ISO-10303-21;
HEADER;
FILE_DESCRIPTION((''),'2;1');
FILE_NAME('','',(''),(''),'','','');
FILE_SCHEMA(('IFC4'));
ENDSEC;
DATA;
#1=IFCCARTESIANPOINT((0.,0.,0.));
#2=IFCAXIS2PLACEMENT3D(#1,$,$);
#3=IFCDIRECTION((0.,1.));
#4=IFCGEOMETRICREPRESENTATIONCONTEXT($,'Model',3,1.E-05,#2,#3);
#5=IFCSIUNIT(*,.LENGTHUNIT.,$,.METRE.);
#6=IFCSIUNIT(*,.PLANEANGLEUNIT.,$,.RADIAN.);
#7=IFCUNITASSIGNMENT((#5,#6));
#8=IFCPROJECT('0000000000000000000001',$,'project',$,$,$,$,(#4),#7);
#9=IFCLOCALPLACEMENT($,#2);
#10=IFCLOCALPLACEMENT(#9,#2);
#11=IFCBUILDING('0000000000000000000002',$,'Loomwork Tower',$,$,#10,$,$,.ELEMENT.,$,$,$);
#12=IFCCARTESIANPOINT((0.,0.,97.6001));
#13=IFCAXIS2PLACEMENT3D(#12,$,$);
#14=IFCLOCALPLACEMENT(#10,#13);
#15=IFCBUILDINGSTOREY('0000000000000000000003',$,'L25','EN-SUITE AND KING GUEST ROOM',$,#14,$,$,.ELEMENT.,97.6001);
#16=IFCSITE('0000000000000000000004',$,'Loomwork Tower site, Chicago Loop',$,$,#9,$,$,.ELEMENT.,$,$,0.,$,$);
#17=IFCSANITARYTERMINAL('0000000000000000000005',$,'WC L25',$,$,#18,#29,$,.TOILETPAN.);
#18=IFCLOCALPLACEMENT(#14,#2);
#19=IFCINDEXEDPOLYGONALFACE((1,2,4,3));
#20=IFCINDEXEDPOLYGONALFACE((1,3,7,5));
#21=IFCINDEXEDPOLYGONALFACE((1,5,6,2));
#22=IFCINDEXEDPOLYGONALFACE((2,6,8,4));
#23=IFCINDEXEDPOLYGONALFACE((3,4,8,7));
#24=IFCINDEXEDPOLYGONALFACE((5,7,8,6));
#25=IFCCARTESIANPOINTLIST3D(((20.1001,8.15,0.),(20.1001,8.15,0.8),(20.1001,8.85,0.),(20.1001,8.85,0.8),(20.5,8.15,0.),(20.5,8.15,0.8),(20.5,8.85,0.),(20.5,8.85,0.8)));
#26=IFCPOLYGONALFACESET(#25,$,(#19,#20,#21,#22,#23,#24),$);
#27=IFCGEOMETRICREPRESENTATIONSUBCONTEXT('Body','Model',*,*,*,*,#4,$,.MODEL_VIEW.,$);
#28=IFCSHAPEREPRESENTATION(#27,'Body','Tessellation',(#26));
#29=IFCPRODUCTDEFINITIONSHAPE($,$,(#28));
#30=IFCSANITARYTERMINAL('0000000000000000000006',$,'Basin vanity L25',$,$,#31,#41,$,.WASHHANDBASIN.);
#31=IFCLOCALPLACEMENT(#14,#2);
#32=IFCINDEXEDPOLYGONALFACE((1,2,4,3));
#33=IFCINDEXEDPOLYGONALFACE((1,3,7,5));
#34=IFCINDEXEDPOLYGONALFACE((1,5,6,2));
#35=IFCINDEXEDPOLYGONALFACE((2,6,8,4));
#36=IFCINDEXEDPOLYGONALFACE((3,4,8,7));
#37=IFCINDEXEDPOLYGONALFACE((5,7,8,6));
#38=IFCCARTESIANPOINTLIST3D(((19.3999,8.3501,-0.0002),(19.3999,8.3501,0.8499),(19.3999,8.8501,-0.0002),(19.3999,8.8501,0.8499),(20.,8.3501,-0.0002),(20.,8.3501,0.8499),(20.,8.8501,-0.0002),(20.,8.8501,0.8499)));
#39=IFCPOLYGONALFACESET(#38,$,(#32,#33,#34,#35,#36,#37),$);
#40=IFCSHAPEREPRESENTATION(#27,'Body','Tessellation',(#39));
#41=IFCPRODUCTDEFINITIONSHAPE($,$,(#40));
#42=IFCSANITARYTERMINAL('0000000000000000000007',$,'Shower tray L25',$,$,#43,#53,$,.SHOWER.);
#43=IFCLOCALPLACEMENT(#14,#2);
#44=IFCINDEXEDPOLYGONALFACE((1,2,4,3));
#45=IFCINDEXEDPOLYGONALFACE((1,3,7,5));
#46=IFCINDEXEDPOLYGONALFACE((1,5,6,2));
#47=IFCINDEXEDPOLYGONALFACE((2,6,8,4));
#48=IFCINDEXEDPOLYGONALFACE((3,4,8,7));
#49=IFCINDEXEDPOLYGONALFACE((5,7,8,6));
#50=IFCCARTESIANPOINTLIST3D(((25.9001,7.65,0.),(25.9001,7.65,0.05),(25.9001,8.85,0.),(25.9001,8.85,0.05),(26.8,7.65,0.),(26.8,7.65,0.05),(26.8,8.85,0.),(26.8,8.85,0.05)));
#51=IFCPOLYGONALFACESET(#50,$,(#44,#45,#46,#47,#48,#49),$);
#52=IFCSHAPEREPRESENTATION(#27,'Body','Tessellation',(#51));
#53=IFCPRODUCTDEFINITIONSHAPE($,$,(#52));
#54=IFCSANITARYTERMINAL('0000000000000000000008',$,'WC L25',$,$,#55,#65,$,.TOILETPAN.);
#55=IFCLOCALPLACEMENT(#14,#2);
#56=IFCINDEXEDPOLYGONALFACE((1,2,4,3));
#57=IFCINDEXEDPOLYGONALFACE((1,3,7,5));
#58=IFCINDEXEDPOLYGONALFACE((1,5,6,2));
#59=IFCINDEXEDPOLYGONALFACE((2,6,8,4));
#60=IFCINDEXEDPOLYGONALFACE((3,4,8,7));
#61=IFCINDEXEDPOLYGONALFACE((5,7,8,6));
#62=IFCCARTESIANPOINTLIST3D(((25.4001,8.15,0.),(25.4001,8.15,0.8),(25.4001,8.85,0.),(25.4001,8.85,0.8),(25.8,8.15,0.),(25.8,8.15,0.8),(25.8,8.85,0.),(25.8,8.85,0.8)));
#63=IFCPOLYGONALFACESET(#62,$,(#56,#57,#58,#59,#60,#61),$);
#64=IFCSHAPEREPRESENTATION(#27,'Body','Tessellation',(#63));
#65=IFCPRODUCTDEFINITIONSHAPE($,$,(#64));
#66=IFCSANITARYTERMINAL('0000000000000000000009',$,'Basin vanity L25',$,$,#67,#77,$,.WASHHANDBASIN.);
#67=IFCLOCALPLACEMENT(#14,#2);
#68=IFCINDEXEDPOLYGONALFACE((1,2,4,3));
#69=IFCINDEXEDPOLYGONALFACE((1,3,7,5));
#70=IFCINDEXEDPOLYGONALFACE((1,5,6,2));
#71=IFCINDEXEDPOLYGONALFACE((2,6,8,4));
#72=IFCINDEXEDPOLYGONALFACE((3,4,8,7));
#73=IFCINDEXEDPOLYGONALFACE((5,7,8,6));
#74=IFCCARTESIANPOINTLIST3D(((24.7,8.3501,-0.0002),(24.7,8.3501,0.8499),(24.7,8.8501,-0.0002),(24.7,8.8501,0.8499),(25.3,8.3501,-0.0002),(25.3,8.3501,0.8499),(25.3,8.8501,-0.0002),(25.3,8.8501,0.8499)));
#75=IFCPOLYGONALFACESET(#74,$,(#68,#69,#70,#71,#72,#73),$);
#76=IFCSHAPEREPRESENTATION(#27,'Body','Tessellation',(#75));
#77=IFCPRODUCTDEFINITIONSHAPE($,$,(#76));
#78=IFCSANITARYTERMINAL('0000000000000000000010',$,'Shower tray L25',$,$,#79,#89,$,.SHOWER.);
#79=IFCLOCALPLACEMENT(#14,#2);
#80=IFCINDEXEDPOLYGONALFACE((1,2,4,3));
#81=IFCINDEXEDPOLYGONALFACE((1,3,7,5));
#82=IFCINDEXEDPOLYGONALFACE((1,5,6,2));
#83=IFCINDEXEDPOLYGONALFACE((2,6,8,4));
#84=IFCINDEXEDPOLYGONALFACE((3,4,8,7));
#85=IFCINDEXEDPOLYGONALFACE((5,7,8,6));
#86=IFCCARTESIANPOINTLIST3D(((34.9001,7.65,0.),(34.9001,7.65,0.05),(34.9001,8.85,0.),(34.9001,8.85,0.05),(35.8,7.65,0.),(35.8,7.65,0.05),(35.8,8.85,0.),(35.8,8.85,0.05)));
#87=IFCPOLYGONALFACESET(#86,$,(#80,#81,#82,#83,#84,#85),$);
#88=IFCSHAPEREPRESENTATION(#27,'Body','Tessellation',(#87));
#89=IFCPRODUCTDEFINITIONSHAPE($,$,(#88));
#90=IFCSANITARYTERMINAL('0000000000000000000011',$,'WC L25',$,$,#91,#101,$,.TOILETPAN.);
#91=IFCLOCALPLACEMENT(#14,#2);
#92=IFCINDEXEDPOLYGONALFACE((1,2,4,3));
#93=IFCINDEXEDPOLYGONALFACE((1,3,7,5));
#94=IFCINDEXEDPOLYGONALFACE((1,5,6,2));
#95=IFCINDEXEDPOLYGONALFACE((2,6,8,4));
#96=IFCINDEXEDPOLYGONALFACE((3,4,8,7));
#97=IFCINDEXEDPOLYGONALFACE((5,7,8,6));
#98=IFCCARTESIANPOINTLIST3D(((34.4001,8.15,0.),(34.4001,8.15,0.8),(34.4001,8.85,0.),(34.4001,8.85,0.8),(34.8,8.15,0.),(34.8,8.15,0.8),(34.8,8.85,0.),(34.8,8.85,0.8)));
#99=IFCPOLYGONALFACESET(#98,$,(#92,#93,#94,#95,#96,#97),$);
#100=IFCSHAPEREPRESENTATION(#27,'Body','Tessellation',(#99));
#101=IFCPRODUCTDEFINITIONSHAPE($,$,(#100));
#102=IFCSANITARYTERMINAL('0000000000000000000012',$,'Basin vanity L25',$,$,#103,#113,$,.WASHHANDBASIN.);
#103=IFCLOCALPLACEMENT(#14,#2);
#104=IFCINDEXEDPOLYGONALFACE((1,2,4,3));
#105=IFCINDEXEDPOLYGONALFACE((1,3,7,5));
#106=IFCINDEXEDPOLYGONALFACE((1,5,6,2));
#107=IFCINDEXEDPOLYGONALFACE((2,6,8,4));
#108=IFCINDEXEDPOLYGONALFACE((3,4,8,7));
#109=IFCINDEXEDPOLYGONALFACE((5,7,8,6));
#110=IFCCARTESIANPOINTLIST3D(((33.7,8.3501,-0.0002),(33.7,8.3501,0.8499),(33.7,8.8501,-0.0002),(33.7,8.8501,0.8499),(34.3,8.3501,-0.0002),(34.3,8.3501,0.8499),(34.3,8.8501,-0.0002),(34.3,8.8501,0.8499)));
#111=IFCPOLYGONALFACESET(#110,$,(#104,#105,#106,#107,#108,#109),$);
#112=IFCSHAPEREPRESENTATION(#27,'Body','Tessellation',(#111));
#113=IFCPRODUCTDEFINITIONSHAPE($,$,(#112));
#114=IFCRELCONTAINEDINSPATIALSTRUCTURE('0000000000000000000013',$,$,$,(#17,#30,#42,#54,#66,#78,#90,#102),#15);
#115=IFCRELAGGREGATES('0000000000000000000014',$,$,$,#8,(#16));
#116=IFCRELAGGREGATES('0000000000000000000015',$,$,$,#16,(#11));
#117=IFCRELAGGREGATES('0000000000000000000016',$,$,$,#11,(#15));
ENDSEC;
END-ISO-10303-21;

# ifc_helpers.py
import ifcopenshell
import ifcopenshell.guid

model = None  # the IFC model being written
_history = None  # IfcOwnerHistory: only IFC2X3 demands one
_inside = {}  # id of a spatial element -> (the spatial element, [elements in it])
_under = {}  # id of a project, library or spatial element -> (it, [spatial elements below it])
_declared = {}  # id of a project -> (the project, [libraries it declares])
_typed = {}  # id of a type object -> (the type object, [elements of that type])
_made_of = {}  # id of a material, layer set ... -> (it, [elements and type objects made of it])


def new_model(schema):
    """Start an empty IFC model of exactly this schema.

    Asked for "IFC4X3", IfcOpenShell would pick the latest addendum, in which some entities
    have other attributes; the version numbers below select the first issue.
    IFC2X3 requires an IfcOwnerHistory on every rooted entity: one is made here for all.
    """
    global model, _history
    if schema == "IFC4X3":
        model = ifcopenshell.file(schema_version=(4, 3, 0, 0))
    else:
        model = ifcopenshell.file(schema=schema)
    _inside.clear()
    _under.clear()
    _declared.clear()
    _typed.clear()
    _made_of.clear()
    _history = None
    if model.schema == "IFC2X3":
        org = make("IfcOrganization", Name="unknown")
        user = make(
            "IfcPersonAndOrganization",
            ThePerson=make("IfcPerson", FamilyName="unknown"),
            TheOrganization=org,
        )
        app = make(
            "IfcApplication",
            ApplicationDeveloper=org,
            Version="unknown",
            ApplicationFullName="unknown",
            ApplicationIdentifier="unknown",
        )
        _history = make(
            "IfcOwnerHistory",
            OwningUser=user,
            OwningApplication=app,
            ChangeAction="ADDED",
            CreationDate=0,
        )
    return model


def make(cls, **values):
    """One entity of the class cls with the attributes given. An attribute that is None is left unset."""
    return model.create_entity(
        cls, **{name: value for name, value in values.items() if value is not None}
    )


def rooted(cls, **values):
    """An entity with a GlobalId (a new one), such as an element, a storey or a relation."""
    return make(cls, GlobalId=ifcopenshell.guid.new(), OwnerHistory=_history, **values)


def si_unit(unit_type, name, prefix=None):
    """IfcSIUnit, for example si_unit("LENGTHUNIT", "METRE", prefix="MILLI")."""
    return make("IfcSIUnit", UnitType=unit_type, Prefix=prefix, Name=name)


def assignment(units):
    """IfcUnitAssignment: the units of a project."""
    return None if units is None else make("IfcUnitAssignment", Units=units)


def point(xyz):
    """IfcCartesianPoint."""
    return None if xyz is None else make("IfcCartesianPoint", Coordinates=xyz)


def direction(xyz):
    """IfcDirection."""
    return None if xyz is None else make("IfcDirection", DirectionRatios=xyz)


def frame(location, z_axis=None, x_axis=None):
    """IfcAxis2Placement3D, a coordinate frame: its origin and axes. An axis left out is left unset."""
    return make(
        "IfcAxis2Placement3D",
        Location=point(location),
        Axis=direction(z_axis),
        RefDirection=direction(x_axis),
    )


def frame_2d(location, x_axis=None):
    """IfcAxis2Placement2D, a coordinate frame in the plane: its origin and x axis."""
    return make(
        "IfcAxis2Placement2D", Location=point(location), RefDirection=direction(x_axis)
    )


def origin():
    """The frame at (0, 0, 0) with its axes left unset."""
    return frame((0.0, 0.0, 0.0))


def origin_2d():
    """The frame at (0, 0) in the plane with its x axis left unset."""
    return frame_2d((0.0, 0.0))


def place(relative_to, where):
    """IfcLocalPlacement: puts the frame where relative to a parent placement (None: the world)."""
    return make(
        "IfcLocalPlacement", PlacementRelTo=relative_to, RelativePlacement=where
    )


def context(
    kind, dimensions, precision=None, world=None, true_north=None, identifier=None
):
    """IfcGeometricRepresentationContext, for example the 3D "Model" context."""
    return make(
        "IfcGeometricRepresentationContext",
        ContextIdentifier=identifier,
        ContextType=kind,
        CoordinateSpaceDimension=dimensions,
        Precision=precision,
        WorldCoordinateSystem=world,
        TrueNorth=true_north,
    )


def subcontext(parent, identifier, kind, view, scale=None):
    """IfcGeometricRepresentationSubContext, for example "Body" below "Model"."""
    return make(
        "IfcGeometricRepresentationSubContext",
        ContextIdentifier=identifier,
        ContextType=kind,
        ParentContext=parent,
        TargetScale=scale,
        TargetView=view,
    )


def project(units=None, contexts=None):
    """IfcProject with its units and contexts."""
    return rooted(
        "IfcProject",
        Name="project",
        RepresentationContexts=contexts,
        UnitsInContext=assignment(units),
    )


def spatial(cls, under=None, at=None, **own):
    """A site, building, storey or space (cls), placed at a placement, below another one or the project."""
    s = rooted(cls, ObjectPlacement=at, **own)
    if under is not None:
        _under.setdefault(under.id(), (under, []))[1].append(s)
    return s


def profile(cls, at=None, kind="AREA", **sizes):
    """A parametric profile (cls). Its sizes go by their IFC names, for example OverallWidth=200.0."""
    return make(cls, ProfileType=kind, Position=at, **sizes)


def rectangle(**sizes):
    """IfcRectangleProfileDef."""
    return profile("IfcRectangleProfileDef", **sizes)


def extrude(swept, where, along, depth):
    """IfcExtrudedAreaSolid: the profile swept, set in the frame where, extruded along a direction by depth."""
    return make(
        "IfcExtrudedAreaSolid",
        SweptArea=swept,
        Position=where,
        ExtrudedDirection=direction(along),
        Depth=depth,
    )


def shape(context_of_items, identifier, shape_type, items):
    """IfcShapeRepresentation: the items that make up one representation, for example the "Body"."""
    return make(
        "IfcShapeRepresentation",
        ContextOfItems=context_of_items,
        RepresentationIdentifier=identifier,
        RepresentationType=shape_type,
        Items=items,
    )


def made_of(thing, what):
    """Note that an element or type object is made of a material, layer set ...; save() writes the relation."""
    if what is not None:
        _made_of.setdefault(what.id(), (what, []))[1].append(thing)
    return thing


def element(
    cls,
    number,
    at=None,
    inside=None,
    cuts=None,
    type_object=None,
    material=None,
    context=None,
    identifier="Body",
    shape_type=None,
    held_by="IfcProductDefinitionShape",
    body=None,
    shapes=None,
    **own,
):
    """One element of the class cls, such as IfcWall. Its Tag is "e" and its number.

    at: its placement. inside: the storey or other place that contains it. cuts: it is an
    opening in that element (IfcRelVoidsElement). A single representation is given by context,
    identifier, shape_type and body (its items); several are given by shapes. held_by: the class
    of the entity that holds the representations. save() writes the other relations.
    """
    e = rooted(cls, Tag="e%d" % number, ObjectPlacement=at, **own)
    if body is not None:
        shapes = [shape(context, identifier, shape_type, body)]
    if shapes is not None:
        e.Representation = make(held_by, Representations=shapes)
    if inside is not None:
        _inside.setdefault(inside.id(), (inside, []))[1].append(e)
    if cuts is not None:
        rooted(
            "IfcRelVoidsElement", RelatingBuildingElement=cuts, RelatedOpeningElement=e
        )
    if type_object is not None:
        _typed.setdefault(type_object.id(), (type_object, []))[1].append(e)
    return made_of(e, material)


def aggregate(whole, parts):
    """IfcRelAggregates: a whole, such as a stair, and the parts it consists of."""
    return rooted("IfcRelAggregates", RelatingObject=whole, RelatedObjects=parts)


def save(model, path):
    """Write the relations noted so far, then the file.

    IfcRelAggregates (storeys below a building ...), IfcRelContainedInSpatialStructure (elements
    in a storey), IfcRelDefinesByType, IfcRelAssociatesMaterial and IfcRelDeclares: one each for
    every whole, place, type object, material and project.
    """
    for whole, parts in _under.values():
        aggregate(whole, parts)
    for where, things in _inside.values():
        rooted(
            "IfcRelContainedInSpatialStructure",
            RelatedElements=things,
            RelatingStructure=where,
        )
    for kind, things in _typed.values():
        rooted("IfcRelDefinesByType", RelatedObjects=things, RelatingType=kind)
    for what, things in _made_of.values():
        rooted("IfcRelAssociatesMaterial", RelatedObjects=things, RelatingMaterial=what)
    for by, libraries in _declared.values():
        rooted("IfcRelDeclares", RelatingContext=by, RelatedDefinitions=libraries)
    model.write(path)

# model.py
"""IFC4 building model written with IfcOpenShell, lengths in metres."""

from ifc_helpers import new_model, si_unit, direction, frame, origin, origin_2d, place, context, subcontext, project, spatial, rectangle, extrude, element, save


model = new_model("IFC4")

# Units and contexts
model_context = context("Model", 3, precision=1e-05, world=origin(), true_north=direction((0.0, 1.0)))
body_context = subcontext(model_context, "Body", "Model", "MODEL_VIEW")
ifc_project = project(units=[si_unit("LENGTHUNIT", "METRE"), si_unit("PLANEANGLEUNIT", "RADIAN")], contexts=[model_context])

# Site, building, storey
site_placement = place(None, origin())
site = spatial("IfcSite", under=ifc_project, at=site_placement, Name="Loomwork Tower site, Chicago Loop", CompositionType="ELEMENT", RefElevation=0.0)
building_placement = place(site_placement, origin())
building = spatial("IfcBuilding", under=site, at=building_placement, Name="Loomwork Tower", CompositionType="ELEMENT")
storey_placement = place(building_placement, frame((0.0, 0.0, 97.6001)))
storey = spatial("IfcBuildingStorey", under=building, at=storey_placement, Name="L25", Description="EN-SUITE AND KING GUEST ROOM", CompositionType="ELEMENT", Elevation=97.6001)

# Sanitary terminals
sanitary_terminal_1_placement = place(storey_placement, frame((20.3, 8.5, 0.0), z_axis=(0.0, 0.0, 1.0), x_axis=(1.0, 0.0, 0.0)))
element("IfcSanitaryTerminal", 1, at=sanitary_terminal_1_placement, inside=storey, Name="WC L25", PredefinedType="TOILETPAN", context=body_context, shape_type="SweptSolid", body=[
    extrude(rectangle(XDim=0.3999, YDim=0.7, at=origin_2d()), origin(), (0.0, 0.0, 1.0), 0.8),
])
sanitary_terminal_2_placement = place(storey_placement, frame((19.7, 8.6001, -0.0002), z_axis=(0.0, 0.0, 1.0), x_axis=(1.0, 0.0, 0.0)))
element("IfcSanitaryTerminal", 2, at=sanitary_terminal_2_placement, inside=storey, Name="Basin vanity L25", PredefinedType="WASHHANDBASIN", context=body_context, shape_type="SweptSolid", body=[
    extrude(rectangle(XDim=0.6001, YDim=0.5, at=origin_2d()), origin(), (0.0, 0.0, 1.0), 0.8501),
])
sanitary_terminal_3_placement = place(storey_placement, frame((26.3501, 8.25, 0.0), z_axis=(0.0, 0.0, 1.0), x_axis=(1.0, 0.0, 0.0)))
element("IfcSanitaryTerminal", 3, at=sanitary_terminal_3_placement, inside=storey, Name="Shower tray L25", PredefinedType="SHOWER", context=body_context, shape_type="SweptSolid", body=[
    extrude(rectangle(XDim=0.8999, YDim=1.2, at=origin_2d()), origin(), (0.0, 0.0, 1.0), 0.05),
])
sanitary_terminal_4_placement = place(storey_placement, frame((25.6001, 8.5, 0.0), z_axis=(0.0, 0.0, 1.0), x_axis=(1.0, 0.0, 0.0)))
element("IfcSanitaryTerminal", 4, at=sanitary_terminal_4_placement, inside=storey, Name="WC L25", PredefinedType="TOILETPAN", context=body_context, shape_type="SweptSolid", body=[
    extrude(rectangle(XDim=0.3999, YDim=0.7, at=origin_2d()), origin(), (0.0, 0.0, 1.0), 0.8),
])
sanitary_terminal_5_placement = place(storey_placement, frame((25.0, 8.6001, -0.0002), z_axis=(0.0, 0.0, 1.0), x_axis=(1.0, 0.0, 0.0)))
element("IfcSanitaryTerminal", 5, at=sanitary_terminal_5_placement, inside=storey, Name="Basin vanity L25", PredefinedType="WASHHANDBASIN", context=body_context, shape_type="SweptSolid", body=[
    extrude(rectangle(XDim=0.6001, YDim=0.5, at=origin_2d()), origin(), (0.0, 0.0, 1.0), 0.8501),
])
sanitary_terminal_6_placement = place(storey_placement, frame((35.3501, 8.25, 0.0), z_axis=(0.0, 0.0, 1.0), x_axis=(1.0, 0.0, 0.0)))
element("IfcSanitaryTerminal", 6, at=sanitary_terminal_6_placement, inside=storey, Name="Shower tray L25", PredefinedType="SHOWER", context=body_context, shape_type="SweptSolid", body=[
    extrude(rectangle(XDim=0.8999, YDim=1.2, at=origin_2d()), origin(), (0.0, 0.0, 1.0), 0.05),
])
sanitary_terminal_7_placement = place(storey_placement, frame((34.6001, 8.5, 0.0), z_axis=(0.0, 0.0, 1.0), x_axis=(1.0, 0.0, 0.0)))
element("IfcSanitaryTerminal", 7, at=sanitary_terminal_7_placement, inside=storey, Name="WC L25", PredefinedType="TOILETPAN", context=body_context, shape_type="SweptSolid", body=[
    extrude(rectangle(XDim=0.3999, YDim=0.7, at=origin_2d()), origin(), (0.0, 0.0, 1.0), 0.8),
])
sanitary_terminal_8_placement = place(storey_placement, frame((34.0, 8.6001, -0.0002), z_axis=(0.0, 0.0, 1.0), x_axis=(1.0, 0.0, 0.0)))
element("IfcSanitaryTerminal", 8, at=sanitary_terminal_8_placement, inside=storey, Name="Basin vanity L25", PredefinedType="WASHHANDBASIN", context=body_context, shape_type="SweptSolid", body=[
    extrude(rectangle(XDim=0.6001, YDim=0.5, at=origin_2d()), origin(), (0.0, 0.0, 1.0), 0.8501),
])

save(model, "model.ifc")
